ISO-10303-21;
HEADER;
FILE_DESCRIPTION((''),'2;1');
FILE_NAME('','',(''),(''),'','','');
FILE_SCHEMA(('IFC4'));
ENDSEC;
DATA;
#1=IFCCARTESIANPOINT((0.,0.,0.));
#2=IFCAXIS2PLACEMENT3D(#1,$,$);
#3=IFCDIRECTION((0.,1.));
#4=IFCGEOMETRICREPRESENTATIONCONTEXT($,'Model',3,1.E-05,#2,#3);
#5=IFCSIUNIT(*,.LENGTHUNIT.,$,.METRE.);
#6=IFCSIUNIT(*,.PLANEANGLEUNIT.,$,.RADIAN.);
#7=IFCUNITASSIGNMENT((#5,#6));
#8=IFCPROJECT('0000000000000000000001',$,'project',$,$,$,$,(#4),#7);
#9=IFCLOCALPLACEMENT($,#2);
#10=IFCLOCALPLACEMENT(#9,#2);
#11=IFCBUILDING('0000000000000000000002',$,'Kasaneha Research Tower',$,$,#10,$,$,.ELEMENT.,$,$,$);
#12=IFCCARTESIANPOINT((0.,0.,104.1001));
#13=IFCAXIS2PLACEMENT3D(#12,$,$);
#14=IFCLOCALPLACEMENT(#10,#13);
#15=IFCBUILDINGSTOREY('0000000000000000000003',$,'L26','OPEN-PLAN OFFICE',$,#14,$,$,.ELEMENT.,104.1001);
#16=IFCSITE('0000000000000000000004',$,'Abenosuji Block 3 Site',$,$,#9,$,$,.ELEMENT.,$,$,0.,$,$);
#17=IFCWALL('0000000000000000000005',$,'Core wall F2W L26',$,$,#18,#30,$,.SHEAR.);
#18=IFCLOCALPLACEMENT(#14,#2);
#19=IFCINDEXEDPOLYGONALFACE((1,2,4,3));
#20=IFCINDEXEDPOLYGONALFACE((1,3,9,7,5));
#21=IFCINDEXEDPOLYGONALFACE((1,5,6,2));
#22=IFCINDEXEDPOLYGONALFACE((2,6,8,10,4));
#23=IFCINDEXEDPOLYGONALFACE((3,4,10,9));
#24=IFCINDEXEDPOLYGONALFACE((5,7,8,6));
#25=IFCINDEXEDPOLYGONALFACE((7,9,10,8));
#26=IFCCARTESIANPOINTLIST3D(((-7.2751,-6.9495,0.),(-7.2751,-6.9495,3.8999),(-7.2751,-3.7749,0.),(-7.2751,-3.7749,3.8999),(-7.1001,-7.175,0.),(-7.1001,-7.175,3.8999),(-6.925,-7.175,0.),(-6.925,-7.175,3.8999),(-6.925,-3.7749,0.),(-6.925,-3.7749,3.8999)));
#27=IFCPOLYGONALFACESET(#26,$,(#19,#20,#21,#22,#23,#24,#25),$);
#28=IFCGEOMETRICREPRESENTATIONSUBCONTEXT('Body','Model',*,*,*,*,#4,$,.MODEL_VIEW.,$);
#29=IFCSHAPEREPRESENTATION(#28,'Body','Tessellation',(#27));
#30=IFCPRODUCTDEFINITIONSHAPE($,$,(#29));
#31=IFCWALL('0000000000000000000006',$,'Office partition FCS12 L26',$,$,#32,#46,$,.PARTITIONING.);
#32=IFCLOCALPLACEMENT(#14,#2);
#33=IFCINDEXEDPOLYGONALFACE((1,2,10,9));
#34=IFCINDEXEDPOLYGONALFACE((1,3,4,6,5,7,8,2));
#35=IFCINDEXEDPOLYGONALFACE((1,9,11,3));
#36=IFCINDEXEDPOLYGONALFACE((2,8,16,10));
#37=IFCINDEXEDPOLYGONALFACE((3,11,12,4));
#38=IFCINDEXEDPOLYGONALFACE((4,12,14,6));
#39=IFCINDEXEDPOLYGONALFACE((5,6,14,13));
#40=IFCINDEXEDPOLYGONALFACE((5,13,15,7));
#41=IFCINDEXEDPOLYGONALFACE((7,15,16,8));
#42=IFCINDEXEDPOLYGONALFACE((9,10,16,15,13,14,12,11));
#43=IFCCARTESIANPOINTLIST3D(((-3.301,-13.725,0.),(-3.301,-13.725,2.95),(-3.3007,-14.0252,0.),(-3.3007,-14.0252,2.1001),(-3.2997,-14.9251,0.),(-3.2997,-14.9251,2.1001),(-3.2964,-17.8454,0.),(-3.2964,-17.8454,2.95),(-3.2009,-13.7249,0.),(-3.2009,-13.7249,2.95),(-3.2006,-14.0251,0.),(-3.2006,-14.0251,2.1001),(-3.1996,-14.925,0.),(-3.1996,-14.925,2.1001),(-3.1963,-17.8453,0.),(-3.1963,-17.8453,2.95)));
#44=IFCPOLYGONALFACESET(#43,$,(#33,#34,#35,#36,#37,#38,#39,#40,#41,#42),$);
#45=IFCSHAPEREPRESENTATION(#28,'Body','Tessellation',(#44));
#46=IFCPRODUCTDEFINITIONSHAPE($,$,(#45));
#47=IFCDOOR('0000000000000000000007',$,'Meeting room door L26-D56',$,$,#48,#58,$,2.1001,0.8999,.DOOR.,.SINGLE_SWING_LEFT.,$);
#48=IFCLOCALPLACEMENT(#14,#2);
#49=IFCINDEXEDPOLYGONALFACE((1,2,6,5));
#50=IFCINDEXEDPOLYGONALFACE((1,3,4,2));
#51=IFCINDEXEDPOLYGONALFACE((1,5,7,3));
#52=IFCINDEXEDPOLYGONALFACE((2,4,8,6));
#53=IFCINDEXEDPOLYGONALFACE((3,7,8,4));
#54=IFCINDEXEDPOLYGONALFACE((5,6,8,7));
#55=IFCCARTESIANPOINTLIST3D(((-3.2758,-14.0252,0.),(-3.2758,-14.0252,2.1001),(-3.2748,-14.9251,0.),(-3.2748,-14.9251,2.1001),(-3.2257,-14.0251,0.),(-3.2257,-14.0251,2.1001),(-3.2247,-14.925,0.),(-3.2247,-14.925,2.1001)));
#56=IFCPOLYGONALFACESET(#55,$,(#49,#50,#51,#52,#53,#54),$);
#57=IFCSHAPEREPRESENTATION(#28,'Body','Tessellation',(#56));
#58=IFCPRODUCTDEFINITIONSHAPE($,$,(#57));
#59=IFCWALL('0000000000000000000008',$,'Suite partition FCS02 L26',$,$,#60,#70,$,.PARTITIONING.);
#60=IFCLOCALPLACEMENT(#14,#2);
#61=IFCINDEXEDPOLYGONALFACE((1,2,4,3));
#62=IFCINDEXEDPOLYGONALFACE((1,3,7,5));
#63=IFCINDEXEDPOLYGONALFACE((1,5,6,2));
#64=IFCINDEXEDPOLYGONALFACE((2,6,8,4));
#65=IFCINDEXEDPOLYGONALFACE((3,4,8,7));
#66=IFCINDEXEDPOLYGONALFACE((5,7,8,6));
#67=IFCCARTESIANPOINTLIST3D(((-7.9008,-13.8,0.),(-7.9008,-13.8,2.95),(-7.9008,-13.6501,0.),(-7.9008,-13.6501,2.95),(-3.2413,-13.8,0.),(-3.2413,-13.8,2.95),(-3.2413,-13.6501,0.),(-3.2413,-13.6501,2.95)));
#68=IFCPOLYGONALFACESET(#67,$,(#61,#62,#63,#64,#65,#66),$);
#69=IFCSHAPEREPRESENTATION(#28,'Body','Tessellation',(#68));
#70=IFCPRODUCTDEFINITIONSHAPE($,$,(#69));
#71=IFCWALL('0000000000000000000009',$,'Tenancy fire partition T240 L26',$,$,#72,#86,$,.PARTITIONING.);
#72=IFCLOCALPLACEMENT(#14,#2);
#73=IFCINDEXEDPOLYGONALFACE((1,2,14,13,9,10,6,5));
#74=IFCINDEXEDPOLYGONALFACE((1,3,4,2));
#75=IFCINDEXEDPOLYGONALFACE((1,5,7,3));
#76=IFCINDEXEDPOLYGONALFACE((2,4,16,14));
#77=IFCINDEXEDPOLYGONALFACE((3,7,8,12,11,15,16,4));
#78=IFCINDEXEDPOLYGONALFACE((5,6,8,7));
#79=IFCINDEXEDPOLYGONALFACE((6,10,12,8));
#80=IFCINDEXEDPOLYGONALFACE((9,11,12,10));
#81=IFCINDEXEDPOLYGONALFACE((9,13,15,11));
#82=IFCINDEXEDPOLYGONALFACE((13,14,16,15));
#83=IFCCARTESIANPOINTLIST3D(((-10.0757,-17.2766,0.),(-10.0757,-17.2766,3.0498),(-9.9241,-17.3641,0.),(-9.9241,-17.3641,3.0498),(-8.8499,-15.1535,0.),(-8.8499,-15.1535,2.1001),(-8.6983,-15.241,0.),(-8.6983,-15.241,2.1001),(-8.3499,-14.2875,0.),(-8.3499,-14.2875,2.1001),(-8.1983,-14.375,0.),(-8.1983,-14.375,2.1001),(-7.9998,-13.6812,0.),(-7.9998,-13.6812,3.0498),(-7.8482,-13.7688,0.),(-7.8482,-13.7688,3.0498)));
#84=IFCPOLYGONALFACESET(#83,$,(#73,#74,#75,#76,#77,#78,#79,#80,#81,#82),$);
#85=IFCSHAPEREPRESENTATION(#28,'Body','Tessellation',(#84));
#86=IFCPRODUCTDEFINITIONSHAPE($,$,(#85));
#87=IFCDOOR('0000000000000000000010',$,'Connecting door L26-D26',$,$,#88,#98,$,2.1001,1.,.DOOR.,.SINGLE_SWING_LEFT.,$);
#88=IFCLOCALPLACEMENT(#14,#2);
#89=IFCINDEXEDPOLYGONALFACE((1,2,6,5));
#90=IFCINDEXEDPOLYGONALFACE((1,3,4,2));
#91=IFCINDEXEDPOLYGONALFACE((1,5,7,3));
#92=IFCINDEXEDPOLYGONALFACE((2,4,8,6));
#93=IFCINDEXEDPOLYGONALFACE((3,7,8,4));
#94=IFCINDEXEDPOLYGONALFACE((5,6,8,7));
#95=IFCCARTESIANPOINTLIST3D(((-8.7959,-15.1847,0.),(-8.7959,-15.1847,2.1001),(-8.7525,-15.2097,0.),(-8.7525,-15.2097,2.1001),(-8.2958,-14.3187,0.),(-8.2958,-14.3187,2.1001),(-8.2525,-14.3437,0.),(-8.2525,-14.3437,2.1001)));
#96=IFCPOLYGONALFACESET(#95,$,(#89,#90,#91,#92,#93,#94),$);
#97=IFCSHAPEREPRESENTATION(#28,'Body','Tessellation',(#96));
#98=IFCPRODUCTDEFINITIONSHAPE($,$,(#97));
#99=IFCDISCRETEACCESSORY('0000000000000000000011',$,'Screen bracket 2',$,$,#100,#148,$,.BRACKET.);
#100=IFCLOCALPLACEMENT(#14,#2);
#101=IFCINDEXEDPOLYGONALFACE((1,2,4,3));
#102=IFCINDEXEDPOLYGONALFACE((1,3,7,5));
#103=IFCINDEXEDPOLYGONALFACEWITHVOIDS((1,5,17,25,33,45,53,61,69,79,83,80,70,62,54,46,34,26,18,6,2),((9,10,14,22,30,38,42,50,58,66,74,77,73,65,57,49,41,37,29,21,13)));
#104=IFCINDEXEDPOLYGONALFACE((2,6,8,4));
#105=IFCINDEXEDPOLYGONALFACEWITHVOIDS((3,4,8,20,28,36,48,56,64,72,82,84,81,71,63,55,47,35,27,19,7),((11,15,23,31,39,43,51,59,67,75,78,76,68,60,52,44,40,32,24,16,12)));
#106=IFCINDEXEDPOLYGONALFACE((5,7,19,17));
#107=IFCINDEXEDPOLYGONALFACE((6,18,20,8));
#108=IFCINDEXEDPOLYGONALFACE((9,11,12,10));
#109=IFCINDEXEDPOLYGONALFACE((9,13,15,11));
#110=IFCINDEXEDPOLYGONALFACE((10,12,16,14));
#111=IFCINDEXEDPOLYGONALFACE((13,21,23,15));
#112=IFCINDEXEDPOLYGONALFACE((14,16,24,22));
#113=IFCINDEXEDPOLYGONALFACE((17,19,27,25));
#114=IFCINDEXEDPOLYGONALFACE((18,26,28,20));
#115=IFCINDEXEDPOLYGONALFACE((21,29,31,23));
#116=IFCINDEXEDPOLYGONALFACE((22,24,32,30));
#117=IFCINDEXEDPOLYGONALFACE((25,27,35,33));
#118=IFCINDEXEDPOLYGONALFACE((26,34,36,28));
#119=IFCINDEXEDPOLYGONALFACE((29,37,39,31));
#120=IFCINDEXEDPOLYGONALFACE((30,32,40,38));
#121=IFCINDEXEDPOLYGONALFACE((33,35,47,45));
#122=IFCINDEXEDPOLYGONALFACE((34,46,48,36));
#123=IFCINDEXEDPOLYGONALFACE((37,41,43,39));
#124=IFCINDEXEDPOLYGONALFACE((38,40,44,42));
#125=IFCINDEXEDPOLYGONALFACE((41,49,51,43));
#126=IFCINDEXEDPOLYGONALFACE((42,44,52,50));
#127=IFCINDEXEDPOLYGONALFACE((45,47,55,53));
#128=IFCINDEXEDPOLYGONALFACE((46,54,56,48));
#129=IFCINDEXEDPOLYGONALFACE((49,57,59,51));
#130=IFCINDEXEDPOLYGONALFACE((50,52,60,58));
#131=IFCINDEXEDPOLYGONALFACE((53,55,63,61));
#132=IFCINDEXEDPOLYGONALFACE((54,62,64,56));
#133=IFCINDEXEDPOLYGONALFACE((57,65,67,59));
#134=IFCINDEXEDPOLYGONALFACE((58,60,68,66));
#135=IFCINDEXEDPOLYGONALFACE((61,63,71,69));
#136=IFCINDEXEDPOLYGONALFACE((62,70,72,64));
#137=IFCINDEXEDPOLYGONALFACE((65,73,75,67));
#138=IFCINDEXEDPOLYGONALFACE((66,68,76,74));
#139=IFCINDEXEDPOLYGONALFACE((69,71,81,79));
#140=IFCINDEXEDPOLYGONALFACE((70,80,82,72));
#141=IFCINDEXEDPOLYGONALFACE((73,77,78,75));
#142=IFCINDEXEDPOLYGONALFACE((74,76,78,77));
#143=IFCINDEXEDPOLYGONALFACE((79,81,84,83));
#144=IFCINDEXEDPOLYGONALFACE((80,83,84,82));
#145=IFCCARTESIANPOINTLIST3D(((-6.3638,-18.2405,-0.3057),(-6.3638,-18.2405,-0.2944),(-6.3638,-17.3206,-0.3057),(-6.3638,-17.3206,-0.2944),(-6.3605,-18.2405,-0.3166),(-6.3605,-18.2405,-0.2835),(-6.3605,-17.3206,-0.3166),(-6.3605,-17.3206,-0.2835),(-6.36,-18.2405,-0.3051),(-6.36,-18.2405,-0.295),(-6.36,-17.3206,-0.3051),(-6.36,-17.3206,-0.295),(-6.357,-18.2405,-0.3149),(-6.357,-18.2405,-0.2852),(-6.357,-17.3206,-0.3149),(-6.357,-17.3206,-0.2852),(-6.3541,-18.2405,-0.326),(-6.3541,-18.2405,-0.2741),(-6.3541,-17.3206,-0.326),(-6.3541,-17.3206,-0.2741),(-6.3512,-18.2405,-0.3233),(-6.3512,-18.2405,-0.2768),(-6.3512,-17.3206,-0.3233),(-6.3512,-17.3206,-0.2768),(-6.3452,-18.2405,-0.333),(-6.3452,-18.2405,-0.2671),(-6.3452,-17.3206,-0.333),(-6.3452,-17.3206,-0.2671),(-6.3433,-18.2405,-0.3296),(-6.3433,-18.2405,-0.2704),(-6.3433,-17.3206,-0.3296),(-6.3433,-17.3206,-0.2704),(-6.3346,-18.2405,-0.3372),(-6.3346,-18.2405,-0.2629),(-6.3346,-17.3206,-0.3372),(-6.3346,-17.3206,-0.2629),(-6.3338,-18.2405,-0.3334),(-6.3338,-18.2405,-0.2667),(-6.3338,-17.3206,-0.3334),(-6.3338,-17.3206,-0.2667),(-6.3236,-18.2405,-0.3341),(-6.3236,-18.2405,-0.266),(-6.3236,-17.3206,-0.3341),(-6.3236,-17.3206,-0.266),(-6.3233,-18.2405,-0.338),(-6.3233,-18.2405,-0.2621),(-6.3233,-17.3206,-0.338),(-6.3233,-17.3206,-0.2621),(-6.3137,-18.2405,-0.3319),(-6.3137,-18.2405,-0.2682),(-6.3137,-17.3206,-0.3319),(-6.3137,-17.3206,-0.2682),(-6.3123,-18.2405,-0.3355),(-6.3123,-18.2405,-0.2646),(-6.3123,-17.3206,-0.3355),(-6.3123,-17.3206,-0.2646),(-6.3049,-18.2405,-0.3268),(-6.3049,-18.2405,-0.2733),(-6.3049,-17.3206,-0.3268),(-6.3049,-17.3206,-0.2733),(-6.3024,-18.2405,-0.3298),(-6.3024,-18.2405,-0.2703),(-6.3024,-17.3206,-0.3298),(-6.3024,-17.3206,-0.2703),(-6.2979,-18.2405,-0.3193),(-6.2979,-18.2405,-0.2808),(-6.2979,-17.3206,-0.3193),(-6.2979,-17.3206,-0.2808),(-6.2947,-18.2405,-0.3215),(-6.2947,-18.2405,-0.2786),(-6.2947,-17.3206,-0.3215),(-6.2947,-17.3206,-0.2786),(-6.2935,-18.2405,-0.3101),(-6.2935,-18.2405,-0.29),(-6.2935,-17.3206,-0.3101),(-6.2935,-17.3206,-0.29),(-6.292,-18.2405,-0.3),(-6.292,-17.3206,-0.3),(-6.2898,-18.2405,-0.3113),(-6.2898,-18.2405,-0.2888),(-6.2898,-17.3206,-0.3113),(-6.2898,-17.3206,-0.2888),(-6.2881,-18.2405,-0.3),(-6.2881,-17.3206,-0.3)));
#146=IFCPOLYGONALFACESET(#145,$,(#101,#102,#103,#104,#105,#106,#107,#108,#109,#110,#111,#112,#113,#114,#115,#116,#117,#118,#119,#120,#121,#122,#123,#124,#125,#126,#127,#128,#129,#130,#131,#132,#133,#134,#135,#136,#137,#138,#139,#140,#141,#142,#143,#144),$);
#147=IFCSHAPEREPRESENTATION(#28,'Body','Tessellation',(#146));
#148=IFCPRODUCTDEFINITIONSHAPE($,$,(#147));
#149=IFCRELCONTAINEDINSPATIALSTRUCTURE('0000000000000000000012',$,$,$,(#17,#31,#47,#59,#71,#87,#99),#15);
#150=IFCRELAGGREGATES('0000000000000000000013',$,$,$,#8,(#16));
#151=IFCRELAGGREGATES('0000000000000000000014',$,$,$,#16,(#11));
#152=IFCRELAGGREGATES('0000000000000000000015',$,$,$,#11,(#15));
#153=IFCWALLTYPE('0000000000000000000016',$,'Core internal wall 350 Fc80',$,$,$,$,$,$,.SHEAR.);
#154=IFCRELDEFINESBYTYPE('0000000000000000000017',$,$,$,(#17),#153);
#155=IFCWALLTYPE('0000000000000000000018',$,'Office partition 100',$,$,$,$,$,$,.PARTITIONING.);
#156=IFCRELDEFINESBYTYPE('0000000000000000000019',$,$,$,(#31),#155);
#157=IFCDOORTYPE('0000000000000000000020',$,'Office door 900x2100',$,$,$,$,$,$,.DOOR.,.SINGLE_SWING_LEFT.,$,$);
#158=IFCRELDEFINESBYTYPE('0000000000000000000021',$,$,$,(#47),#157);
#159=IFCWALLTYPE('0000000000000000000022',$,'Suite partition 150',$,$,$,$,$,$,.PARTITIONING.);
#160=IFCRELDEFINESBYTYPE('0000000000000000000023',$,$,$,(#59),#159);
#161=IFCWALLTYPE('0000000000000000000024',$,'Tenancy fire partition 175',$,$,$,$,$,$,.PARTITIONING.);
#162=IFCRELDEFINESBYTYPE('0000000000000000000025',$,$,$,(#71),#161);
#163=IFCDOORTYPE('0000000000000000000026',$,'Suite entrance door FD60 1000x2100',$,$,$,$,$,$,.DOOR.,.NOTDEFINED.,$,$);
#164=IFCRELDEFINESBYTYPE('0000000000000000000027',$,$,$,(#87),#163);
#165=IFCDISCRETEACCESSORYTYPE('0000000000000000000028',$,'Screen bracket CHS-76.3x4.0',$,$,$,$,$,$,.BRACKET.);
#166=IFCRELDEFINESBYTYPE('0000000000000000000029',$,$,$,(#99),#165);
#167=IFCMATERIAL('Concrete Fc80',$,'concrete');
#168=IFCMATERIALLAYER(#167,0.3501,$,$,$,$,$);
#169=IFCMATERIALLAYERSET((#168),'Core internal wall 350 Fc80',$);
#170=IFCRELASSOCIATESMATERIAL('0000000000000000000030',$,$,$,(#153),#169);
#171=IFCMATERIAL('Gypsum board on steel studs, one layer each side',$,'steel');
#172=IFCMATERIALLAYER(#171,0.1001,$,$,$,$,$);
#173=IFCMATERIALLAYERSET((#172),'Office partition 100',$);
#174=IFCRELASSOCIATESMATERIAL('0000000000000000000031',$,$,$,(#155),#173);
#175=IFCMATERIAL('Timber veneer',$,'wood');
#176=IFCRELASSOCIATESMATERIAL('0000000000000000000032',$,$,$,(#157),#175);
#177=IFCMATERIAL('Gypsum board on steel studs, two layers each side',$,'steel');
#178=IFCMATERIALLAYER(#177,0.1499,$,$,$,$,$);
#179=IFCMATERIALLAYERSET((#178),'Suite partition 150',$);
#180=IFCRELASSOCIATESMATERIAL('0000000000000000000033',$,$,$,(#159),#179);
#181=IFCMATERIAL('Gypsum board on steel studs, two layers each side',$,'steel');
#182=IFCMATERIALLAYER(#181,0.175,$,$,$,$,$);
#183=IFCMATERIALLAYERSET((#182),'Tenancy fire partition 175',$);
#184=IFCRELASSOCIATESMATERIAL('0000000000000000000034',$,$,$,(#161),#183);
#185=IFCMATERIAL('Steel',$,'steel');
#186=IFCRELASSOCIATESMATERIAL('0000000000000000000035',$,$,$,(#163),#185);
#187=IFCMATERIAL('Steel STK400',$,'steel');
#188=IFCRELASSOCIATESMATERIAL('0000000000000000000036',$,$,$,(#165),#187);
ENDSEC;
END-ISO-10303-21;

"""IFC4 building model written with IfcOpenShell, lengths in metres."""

from ifc_helpers import new_model, si_unit, direction, frame, frame_2d, origin, origin_2d, place, context, subcontext, project, spatial, polyline, rectangle, hollow_circle, outline, extrude, material, layer, layer_set, material_profile, profile_set, type_object, element, fill, save


model = new_model("IFC4")

# Units and contexts
model_context = context("Model", 3, precision=1e-05, world=origin(), true_north=direction((0.0, 1.0)))
body_context = subcontext(model_context, "Body", "Model", "MODEL_VIEW")
ifc_project = project(units=[si_unit("LENGTHUNIT", "METRE"), si_unit("PLANEANGLEUNIT", "RADIAN")], contexts=[model_context])

# Site, building, storey
site_placement = place(None, origin())
site = spatial("IfcSite", under=ifc_project, at=site_placement, Name="Abenosuji Block 3 Site", CompositionType="ELEMENT", RefElevation=0.0)
building_placement = place(site_placement, origin())
building = spatial("IfcBuilding", under=site, at=building_placement, Name="Kasaneha Research Tower", CompositionType="ELEMENT")
storey_placement = place(building_placement, frame((0.0, 0.0, 104.1001)))
storey = spatial("IfcBuildingStorey", under=building, at=storey_placement, Name="L26", Description="OPEN-PLAN OFFICE", CompositionType="ELEMENT", Elevation=104.1001)

# Shared definitions
ifc_material_1 = material(Name="Concrete Fc80", Category="concrete")
ifc_layer_1 = layer(ifc_material_1, 0.3501)
ifc_layer_set_1 = layer_set([ifc_layer_1], Name="Core internal wall 350 Fc80")
wall_type_1 = type_object("IfcWallType", Name="Core internal wall 350 Fc80", PredefinedType="SHEAR", material=ifc_layer_set_1)

# Wall
wall_1_placement = place(storey_placement, frame((-7.1001, -3.7749, 0.0), z_axis=(0.0, 0.0, 1.0), x_axis=(0.0, -1.0, 0.0)))
element("IfcWall", 1, at=wall_1_placement, inside=storey, type_object=wall_type_1, Name="Core wall F2W L26", PredefinedType="SHEAR", context=body_context, shape_type="SweptSolid", body=[
    extrude(outline(polyline([(0.0, -0.175), (3.1746, -0.175), (3.4001, 0.0), (3.4001, 0.175), (0.0, 0.175), (0.0, -0.175)])), origin(), (0.0, 0.0, 1.0), 3.8999),
])

# Wall, opening, door
ifc_material_2 = material(Name="Gypsum board on steel studs, one layer each side", Category="steel")
ifc_layer_2 = layer(ifc_material_2, 0.1001)
ifc_layer_set_2 = layer_set([ifc_layer_2], Name="Office partition 100")
wall_type_2 = type_object("IfcWallType", Name="Office partition 100", PredefinedType="PARTITIONING", material=ifc_layer_set_2)
wall_2_placement = place(storey_placement, frame((-3.251, -13.7251, 0.0), z_axis=(0.0, 0.0, 1.0), x_axis=(0.001126, -0.999999, 0.0)))
wall_2 = element("IfcWall", 2, at=wall_2_placement, inside=storey, type_object=wall_type_2, Name="Office partition FCS12 L26", PredefinedType="PARTITIONING", context=body_context, shape_type="SweptSolid", body=[
    extrude(rectangle(XDim=4.1204, YDim=0.1001, at=frame_2d((2.0601, 0.0))), origin(), (0.0, 0.0, 1.0), 2.95),
])
opening_1_placement = place(wall_2_placement, frame((0.3, 0.0, 0.0)))
opening_1 = element("IfcOpeningElement", 3, at=opening_1_placement, cuts=wall_2, PredefinedType="OPENING", context=body_context, shape_type="SweptSolid", body=[
    extrude(rectangle(XDim=0.8999, YDim=2.1001, at=frame_2d((0.45, 1.05))), frame((0.0, 0.0601, 0.0), z_axis=(0.0, -1.0, 0.0), x_axis=(1.0, 0.0, 0.0)), (0.0, 0.0, 1.0), 0.1201),
])
ifc_material_3 = material(Name="Timber veneer", Category="wood")
door_type_1 = type_object("IfcDoorType", Name="Office door 900x2100", OperationType="SINGLE_SWING_LEFT", PredefinedType="DOOR", material=ifc_material_3)
door_1_placement = place(opening_1_placement, origin())
door_1 = element("IfcDoor", 4, at=door_1_placement, inside=storey, type_object=door_type_1, Name="Meeting room door L26-D56", OperationType="SINGLE_SWING_LEFT", OverallHeight=2.1001, OverallWidth=0.8999, PredefinedType="DOOR", context=body_context, shape_type="SweptSolid", body=[
    extrude(rectangle(XDim=0.8999, YDim=2.1001, at=frame_2d((0.45, 1.05))), frame((0.0, 0.0249, 0.0), z_axis=(0.0, -1.0, 0.0), x_axis=(1.0, 0.0, 0.0)), (0.0, 0.0, 1.0), 0.05),
])
fill(opening_1, door_1)

# Wall
ifc_material_4 = material(Name="Gypsum board on steel studs, two layers each side", Category="steel")
ifc_layer_3 = layer(ifc_material_4, 0.1499)
ifc_layer_set_3 = layer_set([ifc_layer_3], Name="Suite partition 150")
wall_type_3 = type_object("IfcWallType", Name="Suite partition 150", PredefinedType="PARTITIONING", material=ifc_layer_set_3)
wall_3_placement = place(storey_placement, frame((-3.2415, -13.7251, 0.0), z_axis=(0.0, 0.0, 1.0), x_axis=(-1.0, 0.0, 0.0)))
element("IfcWall", 5, at=wall_3_placement, inside=storey, type_object=wall_type_3, Name="Suite partition FCS02 L26", PredefinedType="PARTITIONING", context=body_context, shape_type="SweptSolid", body=[
    extrude(rectangle(XDim=4.6594, YDim=0.1499, at=frame_2d((2.3296, 0.0))), origin(), (0.0, 0.0, 1.0), 2.95),
])

# Wall, opening, door
ifc_material_5 = material(Name="Gypsum board on steel studs, two layers each side", Category="steel")
ifc_layer_4 = layer(ifc_material_5, 0.175)
ifc_layer_set_4 = layer_set([ifc_layer_4], Name="Tenancy fire partition 175")
wall_type_4 = type_object("IfcWallType", Name="Tenancy fire partition 175", PredefinedType="PARTITIONING", material=ifc_layer_set_4)
wall_4_placement = place(storey_placement, frame((-7.9241, -13.7251, 0.0), z_axis=(0.0, 0.0, 1.0), x_axis=(-0.500016, -0.866016, 0.0)))
wall_4 = element("IfcWall", 6, at=wall_4_placement, inside=storey, type_object=wall_type_4, Name="Tenancy fire partition T240 L26", PredefinedType="PARTITIONING", context=body_context, shape_type="SweptSolid", body=[
    extrude(rectangle(XDim=4.1516, YDim=0.175, at=frame_2d((2.0757, 0.0))), origin(), (0.0, 0.0, 1.0), 3.0498),
])
opening_2_placement = place(wall_4_placement, frame((0.7, 0.0, 0.0)))
opening_2 = element("IfcOpeningElement", 7, at=opening_2_placement, cuts=wall_4, PredefinedType="OPENING", context=body_context, shape_type="SweptSolid", body=[
    extrude(rectangle(XDim=1.0, YDim=2.1001, at=frame_2d((0.5, 1.05))), frame((0.0, 0.0977, 0.0), z_axis=(0.0, -1.0, 0.0), x_axis=(1.0, 0.0, 0.0)), (0.0, 0.0, 1.0), 0.1951),
])
ifc_material_6 = material(Name="Steel", Category="steel")
door_type_2 = type_object("IfcDoorType", Name="Suite entrance door FD60 1000x2100", OperationType="NOTDEFINED", PredefinedType="DOOR", material=ifc_material_6)
door_2_placement = place(opening_2_placement, origin())
door_2 = element("IfcDoor", 8, at=door_2_placement, inside=storey, type_object=door_type_2, Name="Connecting door L26-D26", OperationType="SINGLE_SWING_LEFT", OverallHeight=2.1001, OverallWidth=1.0, PredefinedType="DOOR", context=body_context, shape_type="SweptSolid", body=[
    extrude(rectangle(XDim=1.0, YDim=2.1001, at=frame_2d((0.5, 1.05))), frame((0.0, 0.0249, 0.0), z_axis=(0.0, -1.0, 0.0), x_axis=(1.0, 0.0, 0.0)), (0.0, 0.0, 1.0), 0.05),
])
fill(opening_2, door_2)

# Discrete accessory
ifc_material_7 = material(Name="Steel STK400", Category="steel")
ifc_material_profile_1 = material_profile(ifc_material_7, hollow_circle(Radius=0.0381, WallThickness=0.0039, at=origin_2d()), Name="CHS-76.3x4.0")
ifc_profile_set_1 = profile_set([ifc_material_profile_1], Name="Steel STK400")
discrete_accessory_type = type_object("IfcDiscreteAccessoryType", Name="Screen bracket CHS-76.3x4.0", PredefinedType="BRACKET", material=ifc_profile_set_1)
for number, where, z_axis, x_axis, name in (
    (9, (-6.3262, -17.3206, -0.3), (0.0, -1.0, 0.0), (1.0, 0.0, 0.0), "Screen bracket 2"),
):
    element("IfcDiscreteAccessory", number, at=place(storey_placement, frame(where, z_axis=z_axis, x_axis=x_axis)), inside=storey, type_object=discrete_accessory_type, Name=name, PredefinedType="BRACKET", context=body_context, shape_type="SweptSolid", body=[
        extrude(hollow_circle(Radius=0.0381, WallThickness=0.0039, at=origin_2d()), origin(), (0.0, 0.0, 1.0), 0.9199),
    ])

save(model, "model.ifc")
